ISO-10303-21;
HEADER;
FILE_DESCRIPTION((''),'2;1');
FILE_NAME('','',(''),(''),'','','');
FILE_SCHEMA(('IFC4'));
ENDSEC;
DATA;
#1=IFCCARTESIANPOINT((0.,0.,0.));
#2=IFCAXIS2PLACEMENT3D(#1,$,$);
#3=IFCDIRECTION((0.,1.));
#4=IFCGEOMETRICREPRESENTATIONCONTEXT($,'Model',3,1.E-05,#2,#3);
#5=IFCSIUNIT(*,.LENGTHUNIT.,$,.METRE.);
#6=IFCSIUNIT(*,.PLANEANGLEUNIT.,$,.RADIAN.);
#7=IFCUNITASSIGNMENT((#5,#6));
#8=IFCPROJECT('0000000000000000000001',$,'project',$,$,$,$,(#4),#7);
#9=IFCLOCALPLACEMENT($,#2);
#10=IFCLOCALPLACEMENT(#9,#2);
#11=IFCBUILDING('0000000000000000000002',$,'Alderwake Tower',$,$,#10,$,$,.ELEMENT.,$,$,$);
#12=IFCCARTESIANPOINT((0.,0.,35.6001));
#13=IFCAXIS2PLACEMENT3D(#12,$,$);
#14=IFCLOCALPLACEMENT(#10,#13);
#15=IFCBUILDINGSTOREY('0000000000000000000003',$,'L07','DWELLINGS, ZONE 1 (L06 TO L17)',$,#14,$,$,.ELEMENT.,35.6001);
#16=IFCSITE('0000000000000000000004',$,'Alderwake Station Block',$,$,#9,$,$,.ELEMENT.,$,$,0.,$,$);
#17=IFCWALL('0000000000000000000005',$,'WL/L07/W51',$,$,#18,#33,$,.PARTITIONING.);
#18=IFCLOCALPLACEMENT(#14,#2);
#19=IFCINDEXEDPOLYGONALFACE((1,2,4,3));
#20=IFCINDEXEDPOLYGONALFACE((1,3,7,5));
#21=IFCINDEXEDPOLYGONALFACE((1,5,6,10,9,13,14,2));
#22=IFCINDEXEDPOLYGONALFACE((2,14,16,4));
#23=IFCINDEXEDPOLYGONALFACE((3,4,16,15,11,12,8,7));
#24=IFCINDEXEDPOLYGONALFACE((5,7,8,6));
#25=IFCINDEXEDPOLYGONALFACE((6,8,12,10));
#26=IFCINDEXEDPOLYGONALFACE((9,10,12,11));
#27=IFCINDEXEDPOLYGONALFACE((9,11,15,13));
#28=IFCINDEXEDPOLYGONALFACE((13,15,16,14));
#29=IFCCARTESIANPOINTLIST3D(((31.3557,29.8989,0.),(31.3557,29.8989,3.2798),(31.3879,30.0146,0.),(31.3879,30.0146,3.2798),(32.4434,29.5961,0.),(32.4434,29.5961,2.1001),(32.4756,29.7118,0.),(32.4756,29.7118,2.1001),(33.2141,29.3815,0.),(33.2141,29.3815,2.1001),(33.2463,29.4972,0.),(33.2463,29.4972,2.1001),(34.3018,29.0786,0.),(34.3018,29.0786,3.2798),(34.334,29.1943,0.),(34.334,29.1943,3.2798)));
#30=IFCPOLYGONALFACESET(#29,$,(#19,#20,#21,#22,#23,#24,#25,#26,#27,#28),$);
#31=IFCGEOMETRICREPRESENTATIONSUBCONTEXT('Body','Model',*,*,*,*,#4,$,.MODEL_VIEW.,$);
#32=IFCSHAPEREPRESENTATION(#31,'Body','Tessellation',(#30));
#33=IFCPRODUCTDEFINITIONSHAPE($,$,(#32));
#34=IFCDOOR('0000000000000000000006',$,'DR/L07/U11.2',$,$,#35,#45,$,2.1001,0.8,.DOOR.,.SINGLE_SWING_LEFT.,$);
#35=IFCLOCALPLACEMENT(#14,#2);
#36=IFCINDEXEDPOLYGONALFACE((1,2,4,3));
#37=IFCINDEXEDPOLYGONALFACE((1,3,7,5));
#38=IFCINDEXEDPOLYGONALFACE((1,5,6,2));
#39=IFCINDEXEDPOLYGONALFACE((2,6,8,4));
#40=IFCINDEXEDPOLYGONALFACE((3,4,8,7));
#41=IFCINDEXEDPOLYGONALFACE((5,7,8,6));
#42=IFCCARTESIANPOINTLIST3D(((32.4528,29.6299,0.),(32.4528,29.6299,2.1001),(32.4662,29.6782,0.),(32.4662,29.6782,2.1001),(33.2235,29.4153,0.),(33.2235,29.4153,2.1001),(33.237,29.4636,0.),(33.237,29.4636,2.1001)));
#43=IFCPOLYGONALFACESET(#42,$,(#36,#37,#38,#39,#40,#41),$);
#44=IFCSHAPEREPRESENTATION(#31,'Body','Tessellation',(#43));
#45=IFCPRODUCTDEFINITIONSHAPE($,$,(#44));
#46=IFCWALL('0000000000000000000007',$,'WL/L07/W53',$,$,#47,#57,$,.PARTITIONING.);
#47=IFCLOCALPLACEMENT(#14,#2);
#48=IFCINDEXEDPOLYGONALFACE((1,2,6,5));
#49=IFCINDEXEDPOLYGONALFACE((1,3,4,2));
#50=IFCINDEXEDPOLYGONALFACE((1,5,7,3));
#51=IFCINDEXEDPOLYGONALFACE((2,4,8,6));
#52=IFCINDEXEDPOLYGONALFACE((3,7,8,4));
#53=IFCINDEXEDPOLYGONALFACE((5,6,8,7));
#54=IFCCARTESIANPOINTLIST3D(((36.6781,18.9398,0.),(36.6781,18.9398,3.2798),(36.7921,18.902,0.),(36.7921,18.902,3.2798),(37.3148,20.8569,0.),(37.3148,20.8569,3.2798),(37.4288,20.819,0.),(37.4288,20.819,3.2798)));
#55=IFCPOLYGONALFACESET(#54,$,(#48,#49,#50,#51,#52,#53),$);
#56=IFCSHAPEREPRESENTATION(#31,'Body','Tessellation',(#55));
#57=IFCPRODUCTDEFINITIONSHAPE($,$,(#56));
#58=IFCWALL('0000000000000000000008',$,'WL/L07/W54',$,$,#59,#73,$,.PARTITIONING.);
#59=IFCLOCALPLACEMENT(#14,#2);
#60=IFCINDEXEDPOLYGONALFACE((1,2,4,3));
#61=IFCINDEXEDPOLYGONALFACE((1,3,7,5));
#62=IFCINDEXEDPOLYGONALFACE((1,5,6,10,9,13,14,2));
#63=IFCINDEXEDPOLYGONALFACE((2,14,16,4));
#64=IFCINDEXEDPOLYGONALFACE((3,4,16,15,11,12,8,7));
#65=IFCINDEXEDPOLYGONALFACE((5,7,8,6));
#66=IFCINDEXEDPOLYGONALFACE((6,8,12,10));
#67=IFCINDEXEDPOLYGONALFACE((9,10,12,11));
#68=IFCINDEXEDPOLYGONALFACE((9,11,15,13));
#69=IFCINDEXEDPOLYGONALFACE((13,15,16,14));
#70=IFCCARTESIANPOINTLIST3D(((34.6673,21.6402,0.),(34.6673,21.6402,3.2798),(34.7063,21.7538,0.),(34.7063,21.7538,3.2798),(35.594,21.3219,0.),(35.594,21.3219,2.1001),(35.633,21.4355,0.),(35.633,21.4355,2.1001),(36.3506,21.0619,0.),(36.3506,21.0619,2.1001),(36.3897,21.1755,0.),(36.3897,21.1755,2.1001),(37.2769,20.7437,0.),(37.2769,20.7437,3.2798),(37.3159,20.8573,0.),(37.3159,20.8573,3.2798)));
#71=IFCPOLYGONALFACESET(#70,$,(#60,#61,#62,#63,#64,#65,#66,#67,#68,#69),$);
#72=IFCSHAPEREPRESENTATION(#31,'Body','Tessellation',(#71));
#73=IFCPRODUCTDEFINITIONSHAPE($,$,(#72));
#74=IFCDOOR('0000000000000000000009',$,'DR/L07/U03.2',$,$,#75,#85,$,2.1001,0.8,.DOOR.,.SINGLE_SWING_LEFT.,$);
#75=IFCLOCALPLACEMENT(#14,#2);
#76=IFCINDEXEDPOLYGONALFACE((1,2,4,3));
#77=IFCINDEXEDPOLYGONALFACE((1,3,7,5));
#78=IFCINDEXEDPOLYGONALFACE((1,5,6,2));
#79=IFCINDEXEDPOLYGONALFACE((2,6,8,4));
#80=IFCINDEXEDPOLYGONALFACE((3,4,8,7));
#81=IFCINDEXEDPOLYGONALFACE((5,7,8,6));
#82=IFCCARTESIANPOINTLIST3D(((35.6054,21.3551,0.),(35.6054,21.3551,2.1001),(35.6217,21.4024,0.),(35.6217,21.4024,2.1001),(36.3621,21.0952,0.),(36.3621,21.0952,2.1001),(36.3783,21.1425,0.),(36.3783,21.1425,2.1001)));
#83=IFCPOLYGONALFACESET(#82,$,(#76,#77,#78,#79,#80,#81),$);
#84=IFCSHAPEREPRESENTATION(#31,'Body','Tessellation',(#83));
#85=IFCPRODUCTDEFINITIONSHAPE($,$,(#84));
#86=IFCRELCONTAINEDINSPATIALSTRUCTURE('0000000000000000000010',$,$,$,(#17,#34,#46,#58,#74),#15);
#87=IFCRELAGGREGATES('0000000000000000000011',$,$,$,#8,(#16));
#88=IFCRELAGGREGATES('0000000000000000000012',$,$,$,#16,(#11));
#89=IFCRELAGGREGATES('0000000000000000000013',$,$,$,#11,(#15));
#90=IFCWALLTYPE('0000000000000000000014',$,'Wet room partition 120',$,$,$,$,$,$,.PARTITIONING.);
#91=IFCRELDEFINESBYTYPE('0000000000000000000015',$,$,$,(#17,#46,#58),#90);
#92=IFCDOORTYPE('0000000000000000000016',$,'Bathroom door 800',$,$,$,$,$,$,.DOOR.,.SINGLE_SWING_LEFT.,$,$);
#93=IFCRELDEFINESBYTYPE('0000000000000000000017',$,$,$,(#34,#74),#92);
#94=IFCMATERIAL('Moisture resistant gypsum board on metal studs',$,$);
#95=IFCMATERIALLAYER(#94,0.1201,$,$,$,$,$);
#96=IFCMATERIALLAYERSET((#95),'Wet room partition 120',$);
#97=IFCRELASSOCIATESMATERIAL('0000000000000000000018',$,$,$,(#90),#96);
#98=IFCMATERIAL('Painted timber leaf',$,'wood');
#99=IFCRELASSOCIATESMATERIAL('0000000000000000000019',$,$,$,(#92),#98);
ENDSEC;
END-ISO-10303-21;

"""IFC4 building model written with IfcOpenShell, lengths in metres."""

from ifc_helpers import new_model, si_unit, direction, frame, frame_2d, origin, place, context, subcontext, project, spatial, rectangle, extrude, material, layer, layer_set, type_object, element, fill, save


model = new_model("IFC4")

# Units and contexts
model_context = context("Model", 3, precision=1e-05, world=origin(), true_north=direction((0.0, 1.0)))
body_context = subcontext(model_context, "Body", "Model", "MODEL_VIEW")
ifc_project = project(units=[si_unit("LENGTHUNIT", "METRE"), si_unit("PLANEANGLEUNIT", "RADIAN")], contexts=[model_context])

# Site, building, storey
site_placement = place(None, origin())
site = spatial("IfcSite", under=ifc_project, at=site_placement, Name="Alderwake Station Block", CompositionType="ELEMENT", RefElevation=0.0)
building_placement = place(site_placement, origin())
building = spatial("IfcBuilding", under=site, at=building_placement, Name="Alderwake Tower", CompositionType="ELEMENT")
storey_placement = place(building_placement, frame((0.0, 0.0, 35.6001)))
storey = spatial("IfcBuildingStorey", under=building, at=storey_placement, Name="L07", Description="DWELLINGS, ZONE 1 (L06 TO L17)", CompositionType="ELEMENT", Elevation=35.6001)

# Wall, opening, door
ifc_material_1 = material(Name="Moisture resistant gypsum board on metal studs")
ifc_layer_1 = layer(ifc_material_1, 0.1201)
ifc_layer_set_1 = layer_set([ifc_layer_1], Name="Wet room partition 120")
wall_type_1 = type_object("IfcWallType", Name="Wet room partition 120", PredefinedType="PARTITIONING", material=ifc_layer_set_1)
wall_1_placement = place(storey_placement, frame((34.3179, 29.1365, 0.0), z_axis=(0.0, 0.0, 1.0), x_axis=(-0.963352, 0.268241, 0.0)))
wall_1 = element("IfcWall", 1, at=wall_1_placement, inside=storey, type_object=wall_type_1, Name="WL/L07/W51", PredefinedType="PARTITIONING", context=body_context, shape_type="SweptSolid", body=[
    extrude(rectangle(XDim=3.0581, YDim=0.1201, at=frame_2d((1.5291, 0.0))), origin(), (0.0, 0.0, 1.0), 3.2798),
])
opening_1_placement = place(wall_1_placement, frame((1.1292, 0.0, 0.0)))
opening_1 = element("IfcOpeningElement", 2, at=opening_1_placement, cuts=wall_1, PredefinedType="OPENING", context=body_context, shape_type="SweptSolid", body=[
    extrude(rectangle(XDim=0.8, YDim=2.1001, at=frame_2d((0.3999, 1.05))), frame((0.0, 0.0701, 0.0), z_axis=(0.0, -1.0, 0.0), x_axis=(1.0, 0.0, 0.0)), (0.0, 0.0, 1.0), 0.1401),
])
ifc_material_2 = material(Name="Painted timber leaf", Category="wood")
door_type_1 = type_object("IfcDoorType", Name="Bathroom door 800", OperationType="SINGLE_SWING_LEFT", PredefinedType="DOOR", material=ifc_material_2)
door_1_placement = place(opening_1_placement, origin())
door_1 = element("IfcDoor", 3, at=door_1_placement, inside=storey, type_object=door_type_1, Name="DR/L07/U11.2", OperationType="SINGLE_SWING_LEFT", OverallHeight=2.1001, OverallWidth=0.8, PredefinedType="DOOR", context=body_context, shape_type="SweptSolid", body=[
    extrude(rectangle(XDim=0.8, YDim=2.1001, at=frame_2d((0.3999, 1.05))), frame((0.0, 0.0249, 0.0), z_axis=(0.0, -1.0, 0.0), x_axis=(1.0, 0.0, 0.0)), (0.0, 0.0, 1.0), 0.05),
])
fill(opening_1, door_1)

# Wall
wall_2_placement = place(storey_placement, frame((36.7351, 18.9209, 0.0), z_axis=(0.0, 0.0, 1.0), x_axis=(0.315212, 0.949021, 0.0)))
element("IfcWall", 4, at=wall_2_placement, inside=storey, type_object=wall_type_1, Name="WL/L07/W53", PredefinedType="PARTITIONING", context=body_context, shape_type="SweptSolid", body=[
    extrude(rectangle(XDim=2.02, YDim=0.1201, at=frame_2d((1.01, 0.0))), origin(), (0.0, 0.0, 1.0), 3.2798),
])

# Wall, opening, door
wall_3_placement = place(storey_placement, frame((37.2964, 20.8005, 0.0), z_axis=(0.0, 0.0, 1.0), x_axis=(-0.94575, 0.324894, 0.0)))
wall_3 = element("IfcWall", 5, at=wall_3_placement, inside=storey, type_object=wall_type_1, Name="WL/L07/W54", PredefinedType="PARTITIONING", context=body_context, shape_type="SweptSolid", body=[
    extrude(rectangle(XDim=2.7593, YDim=0.1201, at=frame_2d((1.3796, 0.0))), origin(), (0.0, 0.0, 1.0), 3.2798),
])
opening_2_placement = place(wall_3_placement, frame((0.9795, 0.0, 0.0)))
opening_2 = element("IfcOpeningElement", 6, at=opening_2_placement, cuts=wall_3, PredefinedType="OPENING", context=body_context, shape_type="SweptSolid", body=[
    extrude(rectangle(XDim=0.8, YDim=2.1001, at=frame_2d((0.3999, 1.05))), frame((0.0, 0.0701, 0.0), z_axis=(0.0, -1.0, 0.0), x_axis=(1.0, 0.0, 0.0)), (0.0, 0.0, 1.0), 0.1401),
])
door_2_placement = place(opening_2_placement, origin())
door_2 = element("IfcDoor", 7, at=door_2_placement, inside=storey, type_object=door_type_1, Name="DR/L07/U03.2", OperationType="SINGLE_SWING_LEFT", OverallHeight=2.1001, OverallWidth=0.8, PredefinedType="DOOR", context=body_context, shape_type="SweptSolid", body=[
    extrude(rectangle(XDim=0.8, YDim=2.1001, at=frame_2d((0.3999, 1.05))), frame((0.0, 0.0249, 0.0), z_axis=(0.0, -1.0, 0.0), x_axis=(1.0, 0.0, 0.0)), (0.0, 0.0, 1.0), 0.05),
])
fill(opening_2, door_2)

save(model, "model.ifc")
